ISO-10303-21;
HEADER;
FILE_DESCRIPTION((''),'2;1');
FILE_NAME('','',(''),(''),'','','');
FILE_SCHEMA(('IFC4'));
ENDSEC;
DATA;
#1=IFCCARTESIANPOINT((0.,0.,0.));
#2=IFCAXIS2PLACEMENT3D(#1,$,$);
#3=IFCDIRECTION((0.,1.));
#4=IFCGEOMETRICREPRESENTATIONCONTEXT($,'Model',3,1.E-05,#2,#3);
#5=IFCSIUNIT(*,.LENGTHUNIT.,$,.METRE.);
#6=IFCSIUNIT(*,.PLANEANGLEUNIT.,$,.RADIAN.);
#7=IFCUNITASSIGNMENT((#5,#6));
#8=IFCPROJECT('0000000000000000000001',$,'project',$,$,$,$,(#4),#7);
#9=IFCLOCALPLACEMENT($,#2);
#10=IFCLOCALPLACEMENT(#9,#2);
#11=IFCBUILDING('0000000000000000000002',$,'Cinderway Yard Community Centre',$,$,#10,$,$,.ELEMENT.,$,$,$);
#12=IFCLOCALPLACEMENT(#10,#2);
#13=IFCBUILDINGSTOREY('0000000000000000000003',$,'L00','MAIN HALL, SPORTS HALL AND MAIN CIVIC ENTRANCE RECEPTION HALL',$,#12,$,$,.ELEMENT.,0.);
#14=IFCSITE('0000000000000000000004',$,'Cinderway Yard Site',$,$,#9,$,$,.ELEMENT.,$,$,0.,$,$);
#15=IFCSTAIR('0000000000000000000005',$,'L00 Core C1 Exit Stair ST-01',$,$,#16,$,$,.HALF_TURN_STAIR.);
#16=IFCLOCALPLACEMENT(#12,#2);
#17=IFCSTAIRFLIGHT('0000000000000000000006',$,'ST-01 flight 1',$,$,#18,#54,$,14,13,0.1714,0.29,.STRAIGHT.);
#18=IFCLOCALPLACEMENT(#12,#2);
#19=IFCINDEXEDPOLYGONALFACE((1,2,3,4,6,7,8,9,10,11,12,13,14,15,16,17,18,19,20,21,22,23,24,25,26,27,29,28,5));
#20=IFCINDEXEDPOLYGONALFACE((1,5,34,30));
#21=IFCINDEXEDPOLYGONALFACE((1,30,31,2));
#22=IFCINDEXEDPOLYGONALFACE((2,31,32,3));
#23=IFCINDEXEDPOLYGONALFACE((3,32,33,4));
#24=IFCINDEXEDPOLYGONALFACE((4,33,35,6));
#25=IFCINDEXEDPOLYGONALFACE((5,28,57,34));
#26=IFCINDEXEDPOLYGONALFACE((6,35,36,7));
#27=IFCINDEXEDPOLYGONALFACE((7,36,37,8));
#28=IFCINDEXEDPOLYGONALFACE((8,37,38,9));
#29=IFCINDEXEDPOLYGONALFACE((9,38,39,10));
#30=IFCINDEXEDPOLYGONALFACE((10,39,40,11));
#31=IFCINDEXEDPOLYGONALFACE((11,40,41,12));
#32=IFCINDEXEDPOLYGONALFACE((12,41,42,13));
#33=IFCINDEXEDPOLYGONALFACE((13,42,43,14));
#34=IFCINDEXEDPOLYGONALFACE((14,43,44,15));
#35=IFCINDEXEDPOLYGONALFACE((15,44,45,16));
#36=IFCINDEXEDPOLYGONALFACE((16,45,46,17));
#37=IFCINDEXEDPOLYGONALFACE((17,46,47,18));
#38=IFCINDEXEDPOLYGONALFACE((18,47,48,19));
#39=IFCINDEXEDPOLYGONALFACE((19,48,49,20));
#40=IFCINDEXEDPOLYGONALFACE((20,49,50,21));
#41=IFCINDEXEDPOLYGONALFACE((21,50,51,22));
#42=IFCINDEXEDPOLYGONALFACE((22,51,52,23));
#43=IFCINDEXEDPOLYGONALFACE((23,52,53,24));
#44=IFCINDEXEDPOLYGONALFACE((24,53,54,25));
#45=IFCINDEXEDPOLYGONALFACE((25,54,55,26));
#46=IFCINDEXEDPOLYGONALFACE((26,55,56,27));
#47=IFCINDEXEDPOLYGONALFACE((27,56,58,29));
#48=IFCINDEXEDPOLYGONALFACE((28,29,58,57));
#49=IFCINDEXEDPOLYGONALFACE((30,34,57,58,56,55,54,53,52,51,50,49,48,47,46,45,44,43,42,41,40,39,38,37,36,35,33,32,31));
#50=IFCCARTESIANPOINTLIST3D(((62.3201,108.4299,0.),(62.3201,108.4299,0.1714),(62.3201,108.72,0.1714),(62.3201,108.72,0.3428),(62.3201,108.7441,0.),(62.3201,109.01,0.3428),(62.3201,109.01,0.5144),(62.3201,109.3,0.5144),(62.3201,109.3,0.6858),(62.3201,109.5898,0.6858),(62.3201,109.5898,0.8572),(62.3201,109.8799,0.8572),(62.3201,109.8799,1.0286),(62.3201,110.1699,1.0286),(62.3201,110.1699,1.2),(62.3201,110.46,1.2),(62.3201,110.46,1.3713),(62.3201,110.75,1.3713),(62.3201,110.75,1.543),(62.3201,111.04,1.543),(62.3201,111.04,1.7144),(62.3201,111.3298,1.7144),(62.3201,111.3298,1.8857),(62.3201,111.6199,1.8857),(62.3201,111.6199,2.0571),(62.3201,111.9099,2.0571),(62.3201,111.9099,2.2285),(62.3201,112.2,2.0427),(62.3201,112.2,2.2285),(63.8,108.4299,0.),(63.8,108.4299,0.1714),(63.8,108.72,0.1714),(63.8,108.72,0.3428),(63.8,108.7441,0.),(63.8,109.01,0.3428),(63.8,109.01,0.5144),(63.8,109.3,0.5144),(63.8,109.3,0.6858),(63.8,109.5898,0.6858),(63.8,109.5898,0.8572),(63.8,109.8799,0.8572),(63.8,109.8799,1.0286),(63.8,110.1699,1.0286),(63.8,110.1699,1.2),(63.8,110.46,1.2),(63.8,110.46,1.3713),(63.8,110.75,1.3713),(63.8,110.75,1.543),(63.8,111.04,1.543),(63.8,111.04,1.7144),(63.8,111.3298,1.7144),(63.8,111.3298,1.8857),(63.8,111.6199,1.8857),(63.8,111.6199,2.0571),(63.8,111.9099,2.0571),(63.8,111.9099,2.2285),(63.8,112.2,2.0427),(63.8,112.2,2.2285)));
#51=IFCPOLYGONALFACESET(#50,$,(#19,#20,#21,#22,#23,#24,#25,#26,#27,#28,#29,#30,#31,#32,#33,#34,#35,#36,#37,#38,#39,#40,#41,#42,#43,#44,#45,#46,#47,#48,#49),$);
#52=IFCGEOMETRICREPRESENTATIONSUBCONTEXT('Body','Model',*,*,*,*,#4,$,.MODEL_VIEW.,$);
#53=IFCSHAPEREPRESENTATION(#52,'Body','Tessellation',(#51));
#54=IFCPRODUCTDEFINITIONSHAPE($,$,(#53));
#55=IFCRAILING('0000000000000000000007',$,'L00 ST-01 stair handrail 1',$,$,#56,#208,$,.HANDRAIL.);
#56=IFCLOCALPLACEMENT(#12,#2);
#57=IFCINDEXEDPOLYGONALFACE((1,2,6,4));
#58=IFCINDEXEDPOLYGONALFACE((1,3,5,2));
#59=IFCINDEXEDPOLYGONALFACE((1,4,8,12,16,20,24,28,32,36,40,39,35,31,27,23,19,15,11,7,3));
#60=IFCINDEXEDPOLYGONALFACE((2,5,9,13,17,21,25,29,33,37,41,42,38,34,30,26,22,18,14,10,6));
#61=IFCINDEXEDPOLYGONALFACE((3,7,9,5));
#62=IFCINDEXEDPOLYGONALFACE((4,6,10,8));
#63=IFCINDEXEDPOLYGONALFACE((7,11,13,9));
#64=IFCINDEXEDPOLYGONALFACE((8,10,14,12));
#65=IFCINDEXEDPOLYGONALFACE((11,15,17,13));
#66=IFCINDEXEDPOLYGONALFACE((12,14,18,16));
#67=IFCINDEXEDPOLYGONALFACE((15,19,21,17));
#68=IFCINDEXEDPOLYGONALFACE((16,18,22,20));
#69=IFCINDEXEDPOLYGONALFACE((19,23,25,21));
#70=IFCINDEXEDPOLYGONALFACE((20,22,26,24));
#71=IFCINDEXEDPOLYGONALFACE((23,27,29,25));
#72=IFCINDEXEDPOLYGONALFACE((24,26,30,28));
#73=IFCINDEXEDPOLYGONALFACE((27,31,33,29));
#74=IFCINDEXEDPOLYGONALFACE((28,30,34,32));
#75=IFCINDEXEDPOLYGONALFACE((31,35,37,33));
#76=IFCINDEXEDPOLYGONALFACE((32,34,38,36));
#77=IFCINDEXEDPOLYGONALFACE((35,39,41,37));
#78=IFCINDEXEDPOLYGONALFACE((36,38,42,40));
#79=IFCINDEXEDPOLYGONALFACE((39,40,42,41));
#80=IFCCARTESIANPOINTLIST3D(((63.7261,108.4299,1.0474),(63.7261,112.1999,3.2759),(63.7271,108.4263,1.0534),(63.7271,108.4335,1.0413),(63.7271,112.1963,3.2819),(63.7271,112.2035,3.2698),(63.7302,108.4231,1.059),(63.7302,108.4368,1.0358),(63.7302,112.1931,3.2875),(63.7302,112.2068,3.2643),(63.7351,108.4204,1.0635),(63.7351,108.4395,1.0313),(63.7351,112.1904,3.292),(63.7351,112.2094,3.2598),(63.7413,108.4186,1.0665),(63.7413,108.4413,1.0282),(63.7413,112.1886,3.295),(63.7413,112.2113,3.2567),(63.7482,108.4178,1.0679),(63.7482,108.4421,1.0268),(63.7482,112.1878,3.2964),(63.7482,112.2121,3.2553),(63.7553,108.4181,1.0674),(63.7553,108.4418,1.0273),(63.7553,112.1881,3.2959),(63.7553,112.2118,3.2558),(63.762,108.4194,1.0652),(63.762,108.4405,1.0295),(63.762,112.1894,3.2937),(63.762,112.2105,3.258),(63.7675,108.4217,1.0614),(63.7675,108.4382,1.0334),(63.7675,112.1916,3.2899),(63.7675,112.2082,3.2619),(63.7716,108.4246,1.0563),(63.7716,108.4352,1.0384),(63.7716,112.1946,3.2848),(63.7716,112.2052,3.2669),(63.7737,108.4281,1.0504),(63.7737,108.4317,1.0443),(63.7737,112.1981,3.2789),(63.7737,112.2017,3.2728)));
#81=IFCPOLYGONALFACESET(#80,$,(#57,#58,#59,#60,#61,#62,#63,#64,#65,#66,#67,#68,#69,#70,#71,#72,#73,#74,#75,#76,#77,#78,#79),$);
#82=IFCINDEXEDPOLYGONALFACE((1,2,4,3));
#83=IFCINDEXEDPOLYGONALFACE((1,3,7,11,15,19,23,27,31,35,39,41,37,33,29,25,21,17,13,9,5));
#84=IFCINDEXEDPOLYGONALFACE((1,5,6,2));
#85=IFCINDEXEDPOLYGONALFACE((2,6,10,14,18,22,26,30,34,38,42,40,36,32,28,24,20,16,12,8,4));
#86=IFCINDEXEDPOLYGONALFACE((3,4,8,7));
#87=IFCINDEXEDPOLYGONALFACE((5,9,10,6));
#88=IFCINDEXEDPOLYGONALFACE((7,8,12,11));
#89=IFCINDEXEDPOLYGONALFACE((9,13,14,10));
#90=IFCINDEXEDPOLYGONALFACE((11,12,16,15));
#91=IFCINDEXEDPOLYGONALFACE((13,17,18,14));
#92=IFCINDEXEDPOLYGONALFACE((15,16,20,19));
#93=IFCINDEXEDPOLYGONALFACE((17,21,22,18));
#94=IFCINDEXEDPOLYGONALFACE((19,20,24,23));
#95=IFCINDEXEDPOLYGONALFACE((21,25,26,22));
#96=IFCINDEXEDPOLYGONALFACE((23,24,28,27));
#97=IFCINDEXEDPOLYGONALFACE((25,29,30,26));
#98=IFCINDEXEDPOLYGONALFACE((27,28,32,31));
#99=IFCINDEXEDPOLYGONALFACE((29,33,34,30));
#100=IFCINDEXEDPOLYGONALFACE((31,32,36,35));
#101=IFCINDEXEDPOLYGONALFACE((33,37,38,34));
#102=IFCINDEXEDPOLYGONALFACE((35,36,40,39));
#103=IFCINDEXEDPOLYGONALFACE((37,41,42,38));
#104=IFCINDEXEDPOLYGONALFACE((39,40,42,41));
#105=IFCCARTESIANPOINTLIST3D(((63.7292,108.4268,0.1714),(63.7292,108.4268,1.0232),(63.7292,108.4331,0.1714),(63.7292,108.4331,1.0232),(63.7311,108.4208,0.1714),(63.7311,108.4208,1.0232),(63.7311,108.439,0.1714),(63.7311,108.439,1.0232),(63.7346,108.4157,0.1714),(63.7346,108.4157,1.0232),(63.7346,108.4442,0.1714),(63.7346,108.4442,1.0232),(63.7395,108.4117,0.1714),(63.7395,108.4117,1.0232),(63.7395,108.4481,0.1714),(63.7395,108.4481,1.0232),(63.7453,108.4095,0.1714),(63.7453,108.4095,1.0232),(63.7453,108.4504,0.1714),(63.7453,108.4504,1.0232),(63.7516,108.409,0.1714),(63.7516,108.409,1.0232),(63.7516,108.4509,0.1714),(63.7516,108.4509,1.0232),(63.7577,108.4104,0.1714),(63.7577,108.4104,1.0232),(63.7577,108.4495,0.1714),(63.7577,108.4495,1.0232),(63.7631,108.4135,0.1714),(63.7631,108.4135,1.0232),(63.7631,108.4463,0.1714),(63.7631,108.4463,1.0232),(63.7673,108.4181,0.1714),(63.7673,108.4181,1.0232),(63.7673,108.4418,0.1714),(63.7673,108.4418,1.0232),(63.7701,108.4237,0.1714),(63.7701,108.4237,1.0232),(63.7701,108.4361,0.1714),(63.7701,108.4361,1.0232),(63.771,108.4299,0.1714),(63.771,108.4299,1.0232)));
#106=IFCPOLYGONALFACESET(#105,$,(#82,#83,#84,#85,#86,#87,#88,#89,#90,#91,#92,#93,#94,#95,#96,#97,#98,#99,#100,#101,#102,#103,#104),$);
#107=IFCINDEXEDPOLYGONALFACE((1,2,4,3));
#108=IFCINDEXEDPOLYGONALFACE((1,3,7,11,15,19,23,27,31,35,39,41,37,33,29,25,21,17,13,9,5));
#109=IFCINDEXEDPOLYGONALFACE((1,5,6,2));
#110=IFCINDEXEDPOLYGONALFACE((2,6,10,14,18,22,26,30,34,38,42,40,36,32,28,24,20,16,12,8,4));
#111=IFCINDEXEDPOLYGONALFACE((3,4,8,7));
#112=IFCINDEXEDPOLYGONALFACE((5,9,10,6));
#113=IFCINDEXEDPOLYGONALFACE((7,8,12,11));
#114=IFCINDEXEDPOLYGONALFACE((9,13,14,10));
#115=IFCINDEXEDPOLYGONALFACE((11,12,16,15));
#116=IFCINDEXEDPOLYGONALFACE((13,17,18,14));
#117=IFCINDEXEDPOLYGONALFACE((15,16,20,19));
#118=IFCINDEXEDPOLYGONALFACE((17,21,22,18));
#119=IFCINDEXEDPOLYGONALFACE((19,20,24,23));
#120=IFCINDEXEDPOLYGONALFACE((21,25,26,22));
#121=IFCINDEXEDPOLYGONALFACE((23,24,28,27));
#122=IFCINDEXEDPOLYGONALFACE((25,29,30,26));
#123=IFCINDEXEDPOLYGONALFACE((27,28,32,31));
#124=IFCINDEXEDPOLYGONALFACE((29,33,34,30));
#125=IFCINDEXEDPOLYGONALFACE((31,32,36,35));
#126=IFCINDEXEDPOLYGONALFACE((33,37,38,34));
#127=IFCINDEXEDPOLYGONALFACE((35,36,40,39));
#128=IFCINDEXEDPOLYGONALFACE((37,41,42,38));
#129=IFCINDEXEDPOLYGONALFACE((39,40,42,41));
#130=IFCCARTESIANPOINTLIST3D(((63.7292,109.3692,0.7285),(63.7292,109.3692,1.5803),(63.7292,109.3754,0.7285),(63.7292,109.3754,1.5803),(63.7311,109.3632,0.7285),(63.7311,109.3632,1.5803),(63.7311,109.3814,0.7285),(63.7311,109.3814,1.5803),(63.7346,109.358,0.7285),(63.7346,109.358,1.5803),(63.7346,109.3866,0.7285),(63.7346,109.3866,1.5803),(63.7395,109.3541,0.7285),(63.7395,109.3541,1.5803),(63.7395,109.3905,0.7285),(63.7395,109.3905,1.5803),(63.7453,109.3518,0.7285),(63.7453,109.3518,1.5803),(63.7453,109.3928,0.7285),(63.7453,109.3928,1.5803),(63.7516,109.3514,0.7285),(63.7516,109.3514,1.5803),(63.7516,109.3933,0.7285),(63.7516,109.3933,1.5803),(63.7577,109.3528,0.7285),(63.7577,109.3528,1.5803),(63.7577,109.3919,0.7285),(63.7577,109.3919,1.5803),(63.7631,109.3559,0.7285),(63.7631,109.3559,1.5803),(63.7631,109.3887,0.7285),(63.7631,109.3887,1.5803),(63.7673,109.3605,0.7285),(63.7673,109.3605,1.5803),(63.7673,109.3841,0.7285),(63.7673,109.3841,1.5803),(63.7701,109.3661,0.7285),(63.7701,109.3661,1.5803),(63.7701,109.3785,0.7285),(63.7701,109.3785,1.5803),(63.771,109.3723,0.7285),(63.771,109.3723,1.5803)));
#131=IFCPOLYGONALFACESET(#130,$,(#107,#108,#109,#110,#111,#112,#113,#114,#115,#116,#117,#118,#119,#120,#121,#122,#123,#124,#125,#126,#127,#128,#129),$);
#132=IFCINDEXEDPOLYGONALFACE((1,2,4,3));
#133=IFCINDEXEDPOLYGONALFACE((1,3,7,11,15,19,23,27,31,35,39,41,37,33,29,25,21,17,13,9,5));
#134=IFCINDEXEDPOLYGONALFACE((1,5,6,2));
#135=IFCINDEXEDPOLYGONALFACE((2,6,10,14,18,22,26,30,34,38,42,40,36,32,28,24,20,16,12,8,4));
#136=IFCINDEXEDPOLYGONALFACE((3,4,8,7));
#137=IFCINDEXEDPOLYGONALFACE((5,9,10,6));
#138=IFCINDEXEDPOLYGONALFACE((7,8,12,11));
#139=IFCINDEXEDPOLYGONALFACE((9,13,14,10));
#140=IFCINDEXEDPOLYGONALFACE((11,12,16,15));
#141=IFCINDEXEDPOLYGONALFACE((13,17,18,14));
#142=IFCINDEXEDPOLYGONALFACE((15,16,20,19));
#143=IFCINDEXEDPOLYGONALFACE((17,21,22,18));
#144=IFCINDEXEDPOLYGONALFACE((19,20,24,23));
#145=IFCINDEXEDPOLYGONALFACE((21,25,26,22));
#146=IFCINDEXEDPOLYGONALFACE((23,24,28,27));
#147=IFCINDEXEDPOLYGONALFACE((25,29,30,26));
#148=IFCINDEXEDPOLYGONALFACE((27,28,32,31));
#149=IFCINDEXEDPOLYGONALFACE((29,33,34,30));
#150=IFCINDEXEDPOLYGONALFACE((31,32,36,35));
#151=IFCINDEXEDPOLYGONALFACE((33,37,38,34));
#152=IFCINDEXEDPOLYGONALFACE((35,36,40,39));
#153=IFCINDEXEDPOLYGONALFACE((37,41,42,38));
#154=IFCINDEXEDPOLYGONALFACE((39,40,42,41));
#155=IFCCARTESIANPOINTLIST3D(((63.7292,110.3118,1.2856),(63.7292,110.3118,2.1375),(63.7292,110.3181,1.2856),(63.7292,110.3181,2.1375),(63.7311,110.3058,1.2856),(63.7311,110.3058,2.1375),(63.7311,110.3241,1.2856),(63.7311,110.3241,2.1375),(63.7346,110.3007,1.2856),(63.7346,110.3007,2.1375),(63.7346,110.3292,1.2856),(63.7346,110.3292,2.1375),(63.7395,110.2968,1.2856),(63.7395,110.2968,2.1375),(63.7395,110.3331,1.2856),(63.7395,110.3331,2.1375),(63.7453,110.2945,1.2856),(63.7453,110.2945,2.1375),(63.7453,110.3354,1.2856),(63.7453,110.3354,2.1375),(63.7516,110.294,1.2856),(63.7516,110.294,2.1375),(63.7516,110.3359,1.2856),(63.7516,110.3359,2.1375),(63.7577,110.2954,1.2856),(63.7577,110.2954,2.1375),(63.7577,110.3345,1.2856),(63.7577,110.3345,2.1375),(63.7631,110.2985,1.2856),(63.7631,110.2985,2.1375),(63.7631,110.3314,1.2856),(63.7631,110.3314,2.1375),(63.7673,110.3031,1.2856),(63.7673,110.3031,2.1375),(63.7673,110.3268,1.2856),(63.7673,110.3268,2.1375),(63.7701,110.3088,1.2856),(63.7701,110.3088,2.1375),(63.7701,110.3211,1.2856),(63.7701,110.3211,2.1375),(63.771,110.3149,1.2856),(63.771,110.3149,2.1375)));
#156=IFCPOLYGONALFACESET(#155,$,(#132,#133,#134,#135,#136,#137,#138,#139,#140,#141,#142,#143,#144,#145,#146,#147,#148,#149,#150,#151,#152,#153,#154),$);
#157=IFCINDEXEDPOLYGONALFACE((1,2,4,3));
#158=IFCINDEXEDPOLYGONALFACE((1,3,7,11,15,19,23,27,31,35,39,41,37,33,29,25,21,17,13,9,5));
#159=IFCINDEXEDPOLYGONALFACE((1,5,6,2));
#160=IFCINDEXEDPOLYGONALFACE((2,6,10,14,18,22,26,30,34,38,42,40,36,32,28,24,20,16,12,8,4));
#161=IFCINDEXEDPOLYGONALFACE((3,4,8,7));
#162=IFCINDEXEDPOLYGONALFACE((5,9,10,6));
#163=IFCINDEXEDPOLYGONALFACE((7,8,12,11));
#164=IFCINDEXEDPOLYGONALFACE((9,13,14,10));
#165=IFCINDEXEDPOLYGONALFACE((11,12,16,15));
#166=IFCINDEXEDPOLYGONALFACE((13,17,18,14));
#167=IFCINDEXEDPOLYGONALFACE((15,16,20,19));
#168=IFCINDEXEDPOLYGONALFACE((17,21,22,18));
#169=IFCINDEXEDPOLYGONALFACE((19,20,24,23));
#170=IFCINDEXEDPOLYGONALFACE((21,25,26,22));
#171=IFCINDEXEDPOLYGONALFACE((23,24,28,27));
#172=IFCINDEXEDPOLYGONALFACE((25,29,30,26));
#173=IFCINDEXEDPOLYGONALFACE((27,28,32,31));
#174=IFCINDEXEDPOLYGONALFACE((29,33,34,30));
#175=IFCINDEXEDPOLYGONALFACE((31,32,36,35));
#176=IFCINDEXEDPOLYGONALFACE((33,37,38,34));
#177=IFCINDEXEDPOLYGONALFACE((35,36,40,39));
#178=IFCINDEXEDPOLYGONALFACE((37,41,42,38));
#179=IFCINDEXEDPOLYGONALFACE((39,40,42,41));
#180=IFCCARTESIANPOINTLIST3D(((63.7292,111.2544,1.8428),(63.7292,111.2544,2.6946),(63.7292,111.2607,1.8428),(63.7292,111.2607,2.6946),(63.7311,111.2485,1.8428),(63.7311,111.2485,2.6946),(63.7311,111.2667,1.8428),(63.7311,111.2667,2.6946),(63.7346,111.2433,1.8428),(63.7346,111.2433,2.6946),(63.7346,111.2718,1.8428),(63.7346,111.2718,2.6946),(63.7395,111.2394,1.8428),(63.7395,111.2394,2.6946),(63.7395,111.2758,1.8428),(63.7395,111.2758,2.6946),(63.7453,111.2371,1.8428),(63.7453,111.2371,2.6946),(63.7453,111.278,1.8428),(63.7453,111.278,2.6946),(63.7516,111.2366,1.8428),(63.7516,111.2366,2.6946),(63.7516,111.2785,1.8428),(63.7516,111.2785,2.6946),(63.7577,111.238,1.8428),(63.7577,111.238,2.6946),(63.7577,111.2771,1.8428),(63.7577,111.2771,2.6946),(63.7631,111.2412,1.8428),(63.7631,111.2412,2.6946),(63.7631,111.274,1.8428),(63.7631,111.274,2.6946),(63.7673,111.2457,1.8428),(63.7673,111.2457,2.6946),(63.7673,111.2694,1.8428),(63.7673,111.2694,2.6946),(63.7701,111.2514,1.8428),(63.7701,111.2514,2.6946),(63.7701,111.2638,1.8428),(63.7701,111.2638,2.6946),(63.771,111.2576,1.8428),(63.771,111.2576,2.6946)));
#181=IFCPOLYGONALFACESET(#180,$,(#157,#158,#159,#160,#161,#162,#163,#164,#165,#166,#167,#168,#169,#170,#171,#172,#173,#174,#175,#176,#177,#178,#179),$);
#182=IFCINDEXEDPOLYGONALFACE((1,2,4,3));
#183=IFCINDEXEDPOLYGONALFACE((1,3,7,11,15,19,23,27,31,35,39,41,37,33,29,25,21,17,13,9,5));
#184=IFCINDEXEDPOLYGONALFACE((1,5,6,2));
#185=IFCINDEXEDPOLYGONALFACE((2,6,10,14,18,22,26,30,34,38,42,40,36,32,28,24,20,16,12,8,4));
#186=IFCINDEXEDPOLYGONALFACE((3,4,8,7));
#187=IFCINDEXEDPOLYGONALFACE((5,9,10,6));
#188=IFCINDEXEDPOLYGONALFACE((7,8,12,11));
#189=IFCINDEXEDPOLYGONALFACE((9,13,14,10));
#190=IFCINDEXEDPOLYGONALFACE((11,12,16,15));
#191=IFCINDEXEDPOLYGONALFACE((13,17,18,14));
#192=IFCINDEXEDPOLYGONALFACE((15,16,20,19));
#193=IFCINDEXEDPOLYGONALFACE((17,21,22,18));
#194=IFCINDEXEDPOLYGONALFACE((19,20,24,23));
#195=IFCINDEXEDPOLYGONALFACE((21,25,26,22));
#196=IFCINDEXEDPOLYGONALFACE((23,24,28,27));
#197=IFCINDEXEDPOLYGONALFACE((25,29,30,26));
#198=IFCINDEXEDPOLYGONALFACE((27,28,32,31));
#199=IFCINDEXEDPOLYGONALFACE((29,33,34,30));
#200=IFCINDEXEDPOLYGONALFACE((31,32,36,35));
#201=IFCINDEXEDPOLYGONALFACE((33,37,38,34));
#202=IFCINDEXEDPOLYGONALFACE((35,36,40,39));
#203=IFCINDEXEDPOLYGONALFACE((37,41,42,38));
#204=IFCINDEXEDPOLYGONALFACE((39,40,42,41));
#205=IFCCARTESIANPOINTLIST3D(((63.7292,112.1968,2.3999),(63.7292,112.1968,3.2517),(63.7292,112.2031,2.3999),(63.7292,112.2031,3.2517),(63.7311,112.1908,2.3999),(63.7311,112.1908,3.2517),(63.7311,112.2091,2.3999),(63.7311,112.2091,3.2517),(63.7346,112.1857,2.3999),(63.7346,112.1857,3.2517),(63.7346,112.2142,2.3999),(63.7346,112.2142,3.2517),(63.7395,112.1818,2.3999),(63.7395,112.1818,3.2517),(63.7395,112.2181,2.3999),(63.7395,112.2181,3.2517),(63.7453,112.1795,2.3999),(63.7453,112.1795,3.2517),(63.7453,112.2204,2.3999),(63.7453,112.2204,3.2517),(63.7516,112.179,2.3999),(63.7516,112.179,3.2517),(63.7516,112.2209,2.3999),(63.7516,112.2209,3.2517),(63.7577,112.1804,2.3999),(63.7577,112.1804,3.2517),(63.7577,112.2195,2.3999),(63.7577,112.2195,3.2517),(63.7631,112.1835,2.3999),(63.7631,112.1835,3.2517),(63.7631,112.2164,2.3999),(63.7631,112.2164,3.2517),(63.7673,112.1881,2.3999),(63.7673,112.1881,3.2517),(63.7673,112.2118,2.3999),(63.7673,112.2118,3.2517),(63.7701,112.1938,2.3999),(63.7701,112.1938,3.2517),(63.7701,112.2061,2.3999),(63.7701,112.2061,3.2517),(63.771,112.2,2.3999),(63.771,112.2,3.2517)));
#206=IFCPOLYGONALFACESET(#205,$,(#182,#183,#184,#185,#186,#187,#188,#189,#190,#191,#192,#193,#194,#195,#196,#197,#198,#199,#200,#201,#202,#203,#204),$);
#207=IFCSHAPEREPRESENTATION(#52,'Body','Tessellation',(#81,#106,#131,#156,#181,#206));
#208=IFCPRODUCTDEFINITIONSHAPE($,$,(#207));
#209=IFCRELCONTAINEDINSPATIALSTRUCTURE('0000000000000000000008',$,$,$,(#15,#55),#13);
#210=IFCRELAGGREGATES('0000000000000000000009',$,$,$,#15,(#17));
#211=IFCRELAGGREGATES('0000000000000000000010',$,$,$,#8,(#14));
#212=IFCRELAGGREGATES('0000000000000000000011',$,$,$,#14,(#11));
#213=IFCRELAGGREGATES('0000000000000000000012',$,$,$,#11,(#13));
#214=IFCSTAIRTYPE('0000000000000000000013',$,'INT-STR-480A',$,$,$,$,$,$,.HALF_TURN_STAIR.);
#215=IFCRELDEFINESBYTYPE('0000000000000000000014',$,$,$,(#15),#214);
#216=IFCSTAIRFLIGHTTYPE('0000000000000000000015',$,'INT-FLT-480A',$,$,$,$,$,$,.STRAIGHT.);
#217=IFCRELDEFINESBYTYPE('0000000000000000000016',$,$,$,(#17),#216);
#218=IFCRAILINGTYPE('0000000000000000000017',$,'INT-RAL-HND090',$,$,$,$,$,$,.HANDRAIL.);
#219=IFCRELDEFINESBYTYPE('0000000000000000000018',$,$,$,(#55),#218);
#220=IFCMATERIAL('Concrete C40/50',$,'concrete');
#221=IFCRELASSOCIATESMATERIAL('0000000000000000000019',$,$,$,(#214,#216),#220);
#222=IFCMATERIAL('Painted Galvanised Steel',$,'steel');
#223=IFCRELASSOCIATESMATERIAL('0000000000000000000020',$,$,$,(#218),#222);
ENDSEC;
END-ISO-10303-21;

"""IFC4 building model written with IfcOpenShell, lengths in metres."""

from ifc_helpers import new_model, si_unit, direction, frame, origin, origin_2d, place, context, subcontext, project, spatial, polyline, circle, outline, extrude, material, type_object, element, aggregate, save


model = new_model("IFC4")

# Units and contexts
model_context = context("Model", 3, precision=1e-05, world=origin(), true_north=direction((0.0, 1.0)))
body_context = subcontext(model_context, "Body", "Model", "MODEL_VIEW")
ifc_project = project(units=[si_unit("LENGTHUNIT", "METRE"), si_unit("PLANEANGLEUNIT", "RADIAN")], contexts=[model_context])

# Site, building, storey
site_placement = place(None, origin())
site = spatial("IfcSite", under=ifc_project, at=site_placement, Name="Cinderway Yard Site", CompositionType="ELEMENT", RefElevation=0.0)
building_placement = place(site_placement, origin())
building = spatial("IfcBuilding", under=site, at=building_placement, Name="Cinderway Yard Community Centre", CompositionType="ELEMENT")
storey_placement = place(building_placement, origin())
storey = spatial("IfcBuildingStorey", under=building, at=storey_placement, Name="L00", Description="MAIN HALL, SPORTS HALL AND MAIN CIVIC ENTRANCE RECEPTION HALL", CompositionType="ELEMENT", Elevation=0.0)

# Shared definitions
ifc_material_1 = material(Name="Concrete C40/50", Category="concrete")

# Shared definitions
ifc_material_2 = material(Name="Painted Galvanised Steel", Category="steel")

# Stair, stair flight
stair_type = type_object("IfcStairType", Name="INT-STR-480A", PredefinedType="HALF_TURN_STAIR", material=ifc_material_1)
stair_placement = place(storey_placement, origin())
stair = element("IfcStair", 1, at=stair_placement, inside=storey, type_object=stair_type, Name="L00 Core C1 Exit Stair ST-01", PredefinedType="HALF_TURN_STAIR")
stair_flight_type = type_object("IfcStairFlightType", Name="INT-FLT-480A", PredefinedType="STRAIGHT", material=ifc_material_1)
stair_flight_placement = place(storey_placement, frame((63.0601, 108.4299, 0.0), z_axis=(0.0, 0.0, 1.0), x_axis=(0.0, 1.0, 0.0)))
stair_flight = element("IfcStairFlight", 2, at=stair_flight_placement, type_object=stair_flight_type, Name="ST-01 flight 1", NumberOfRisers=14, NumberOfTreads=13, PredefinedType="STRAIGHT", RiserHeight=0.1714, TreadLength=0.29, context=body_context, shape_type="SweptSolid", body=[
    extrude(outline(polyline([(0.0, 0.0), (0.0, 0.1714), (0.29, 0.1714), (0.29, 0.3428), (0.5801, 0.3428), (0.5801, 0.5144), (0.8701, 0.5144), (0.8701, 0.6858), (1.1599, 0.6858), (1.1599, 0.8572), (1.45, 0.8572), (1.45, 1.0286), (1.74, 1.0286), (1.74, 1.2), (2.03, 1.2), (2.03, 1.3713), (2.3201, 1.3713), (2.3201, 1.543), (2.6101, 1.543), (2.6101, 1.7144), (2.8999, 1.7144), (2.8999, 1.8857), (3.1899, 1.8857), (3.1899, 2.0571), (3.48, 2.0571), (3.48, 2.2285), (3.77, 2.2285), (3.77, 2.3999), (3.77, 2.0427), (0.3142, 0.0), (0.0, 0.0)])), frame((0.0, 0.74, 0.0), z_axis=(0.0, -1.0, 0.0), x_axis=(1.0, 0.0, 0.0)), (0.0, 0.0, 1.0), 1.48),
])
aggregate(stair, [stair_flight])

# Railing
railing_type = type_object("IfcRailingType", Name="INT-RAL-HND090", PredefinedType="HANDRAIL", material=ifc_material_2)
railing_placement = place(storey_placement, frame((63.75, 108.4299, 0.1714)))
element("IfcRailing", 3, at=railing_placement, inside=storey, type_object=railing_type, Name="L00 ST-01 stair handrail 1", PredefinedType="HANDRAIL", context=body_context, shape_type="SweptSolid", body=[
    extrude(circle(Radius=0.0239, at=origin_2d()), frame((0.0, 0.0, 0.876), z_axis=(0.0, 0.860849, 0.508861), x_axis=(-1.0, 0.0, 0.0)), (0.0, 0.0, 1.0), 4.3794),
    extrude(circle(Radius=0.021, at=origin_2d()), origin(), (0.0, 0.0, 1.0), 0.8518),
    extrude(circle(Radius=0.021, at=origin_2d()), frame((0.0, 0.9424, 0.5571)), (0.0, 0.0, 1.0), 0.8518),
    extrude(circle(Radius=0.021, at=origin_2d()), frame((0.0, 1.885, 1.1143)), (0.0, 0.0, 1.0), 0.8518),
    extrude(circle(Radius=0.021, at=origin_2d()), frame((0.0, 2.8276, 1.6714)), (0.0, 0.0, 1.0), 0.8518),
    extrude(circle(Radius=0.021, at=origin_2d()), frame((0.0, 3.77, 2.2285)), (0.0, 0.0, 1.0), 0.8518),
])

save(model, "model.ifc")
